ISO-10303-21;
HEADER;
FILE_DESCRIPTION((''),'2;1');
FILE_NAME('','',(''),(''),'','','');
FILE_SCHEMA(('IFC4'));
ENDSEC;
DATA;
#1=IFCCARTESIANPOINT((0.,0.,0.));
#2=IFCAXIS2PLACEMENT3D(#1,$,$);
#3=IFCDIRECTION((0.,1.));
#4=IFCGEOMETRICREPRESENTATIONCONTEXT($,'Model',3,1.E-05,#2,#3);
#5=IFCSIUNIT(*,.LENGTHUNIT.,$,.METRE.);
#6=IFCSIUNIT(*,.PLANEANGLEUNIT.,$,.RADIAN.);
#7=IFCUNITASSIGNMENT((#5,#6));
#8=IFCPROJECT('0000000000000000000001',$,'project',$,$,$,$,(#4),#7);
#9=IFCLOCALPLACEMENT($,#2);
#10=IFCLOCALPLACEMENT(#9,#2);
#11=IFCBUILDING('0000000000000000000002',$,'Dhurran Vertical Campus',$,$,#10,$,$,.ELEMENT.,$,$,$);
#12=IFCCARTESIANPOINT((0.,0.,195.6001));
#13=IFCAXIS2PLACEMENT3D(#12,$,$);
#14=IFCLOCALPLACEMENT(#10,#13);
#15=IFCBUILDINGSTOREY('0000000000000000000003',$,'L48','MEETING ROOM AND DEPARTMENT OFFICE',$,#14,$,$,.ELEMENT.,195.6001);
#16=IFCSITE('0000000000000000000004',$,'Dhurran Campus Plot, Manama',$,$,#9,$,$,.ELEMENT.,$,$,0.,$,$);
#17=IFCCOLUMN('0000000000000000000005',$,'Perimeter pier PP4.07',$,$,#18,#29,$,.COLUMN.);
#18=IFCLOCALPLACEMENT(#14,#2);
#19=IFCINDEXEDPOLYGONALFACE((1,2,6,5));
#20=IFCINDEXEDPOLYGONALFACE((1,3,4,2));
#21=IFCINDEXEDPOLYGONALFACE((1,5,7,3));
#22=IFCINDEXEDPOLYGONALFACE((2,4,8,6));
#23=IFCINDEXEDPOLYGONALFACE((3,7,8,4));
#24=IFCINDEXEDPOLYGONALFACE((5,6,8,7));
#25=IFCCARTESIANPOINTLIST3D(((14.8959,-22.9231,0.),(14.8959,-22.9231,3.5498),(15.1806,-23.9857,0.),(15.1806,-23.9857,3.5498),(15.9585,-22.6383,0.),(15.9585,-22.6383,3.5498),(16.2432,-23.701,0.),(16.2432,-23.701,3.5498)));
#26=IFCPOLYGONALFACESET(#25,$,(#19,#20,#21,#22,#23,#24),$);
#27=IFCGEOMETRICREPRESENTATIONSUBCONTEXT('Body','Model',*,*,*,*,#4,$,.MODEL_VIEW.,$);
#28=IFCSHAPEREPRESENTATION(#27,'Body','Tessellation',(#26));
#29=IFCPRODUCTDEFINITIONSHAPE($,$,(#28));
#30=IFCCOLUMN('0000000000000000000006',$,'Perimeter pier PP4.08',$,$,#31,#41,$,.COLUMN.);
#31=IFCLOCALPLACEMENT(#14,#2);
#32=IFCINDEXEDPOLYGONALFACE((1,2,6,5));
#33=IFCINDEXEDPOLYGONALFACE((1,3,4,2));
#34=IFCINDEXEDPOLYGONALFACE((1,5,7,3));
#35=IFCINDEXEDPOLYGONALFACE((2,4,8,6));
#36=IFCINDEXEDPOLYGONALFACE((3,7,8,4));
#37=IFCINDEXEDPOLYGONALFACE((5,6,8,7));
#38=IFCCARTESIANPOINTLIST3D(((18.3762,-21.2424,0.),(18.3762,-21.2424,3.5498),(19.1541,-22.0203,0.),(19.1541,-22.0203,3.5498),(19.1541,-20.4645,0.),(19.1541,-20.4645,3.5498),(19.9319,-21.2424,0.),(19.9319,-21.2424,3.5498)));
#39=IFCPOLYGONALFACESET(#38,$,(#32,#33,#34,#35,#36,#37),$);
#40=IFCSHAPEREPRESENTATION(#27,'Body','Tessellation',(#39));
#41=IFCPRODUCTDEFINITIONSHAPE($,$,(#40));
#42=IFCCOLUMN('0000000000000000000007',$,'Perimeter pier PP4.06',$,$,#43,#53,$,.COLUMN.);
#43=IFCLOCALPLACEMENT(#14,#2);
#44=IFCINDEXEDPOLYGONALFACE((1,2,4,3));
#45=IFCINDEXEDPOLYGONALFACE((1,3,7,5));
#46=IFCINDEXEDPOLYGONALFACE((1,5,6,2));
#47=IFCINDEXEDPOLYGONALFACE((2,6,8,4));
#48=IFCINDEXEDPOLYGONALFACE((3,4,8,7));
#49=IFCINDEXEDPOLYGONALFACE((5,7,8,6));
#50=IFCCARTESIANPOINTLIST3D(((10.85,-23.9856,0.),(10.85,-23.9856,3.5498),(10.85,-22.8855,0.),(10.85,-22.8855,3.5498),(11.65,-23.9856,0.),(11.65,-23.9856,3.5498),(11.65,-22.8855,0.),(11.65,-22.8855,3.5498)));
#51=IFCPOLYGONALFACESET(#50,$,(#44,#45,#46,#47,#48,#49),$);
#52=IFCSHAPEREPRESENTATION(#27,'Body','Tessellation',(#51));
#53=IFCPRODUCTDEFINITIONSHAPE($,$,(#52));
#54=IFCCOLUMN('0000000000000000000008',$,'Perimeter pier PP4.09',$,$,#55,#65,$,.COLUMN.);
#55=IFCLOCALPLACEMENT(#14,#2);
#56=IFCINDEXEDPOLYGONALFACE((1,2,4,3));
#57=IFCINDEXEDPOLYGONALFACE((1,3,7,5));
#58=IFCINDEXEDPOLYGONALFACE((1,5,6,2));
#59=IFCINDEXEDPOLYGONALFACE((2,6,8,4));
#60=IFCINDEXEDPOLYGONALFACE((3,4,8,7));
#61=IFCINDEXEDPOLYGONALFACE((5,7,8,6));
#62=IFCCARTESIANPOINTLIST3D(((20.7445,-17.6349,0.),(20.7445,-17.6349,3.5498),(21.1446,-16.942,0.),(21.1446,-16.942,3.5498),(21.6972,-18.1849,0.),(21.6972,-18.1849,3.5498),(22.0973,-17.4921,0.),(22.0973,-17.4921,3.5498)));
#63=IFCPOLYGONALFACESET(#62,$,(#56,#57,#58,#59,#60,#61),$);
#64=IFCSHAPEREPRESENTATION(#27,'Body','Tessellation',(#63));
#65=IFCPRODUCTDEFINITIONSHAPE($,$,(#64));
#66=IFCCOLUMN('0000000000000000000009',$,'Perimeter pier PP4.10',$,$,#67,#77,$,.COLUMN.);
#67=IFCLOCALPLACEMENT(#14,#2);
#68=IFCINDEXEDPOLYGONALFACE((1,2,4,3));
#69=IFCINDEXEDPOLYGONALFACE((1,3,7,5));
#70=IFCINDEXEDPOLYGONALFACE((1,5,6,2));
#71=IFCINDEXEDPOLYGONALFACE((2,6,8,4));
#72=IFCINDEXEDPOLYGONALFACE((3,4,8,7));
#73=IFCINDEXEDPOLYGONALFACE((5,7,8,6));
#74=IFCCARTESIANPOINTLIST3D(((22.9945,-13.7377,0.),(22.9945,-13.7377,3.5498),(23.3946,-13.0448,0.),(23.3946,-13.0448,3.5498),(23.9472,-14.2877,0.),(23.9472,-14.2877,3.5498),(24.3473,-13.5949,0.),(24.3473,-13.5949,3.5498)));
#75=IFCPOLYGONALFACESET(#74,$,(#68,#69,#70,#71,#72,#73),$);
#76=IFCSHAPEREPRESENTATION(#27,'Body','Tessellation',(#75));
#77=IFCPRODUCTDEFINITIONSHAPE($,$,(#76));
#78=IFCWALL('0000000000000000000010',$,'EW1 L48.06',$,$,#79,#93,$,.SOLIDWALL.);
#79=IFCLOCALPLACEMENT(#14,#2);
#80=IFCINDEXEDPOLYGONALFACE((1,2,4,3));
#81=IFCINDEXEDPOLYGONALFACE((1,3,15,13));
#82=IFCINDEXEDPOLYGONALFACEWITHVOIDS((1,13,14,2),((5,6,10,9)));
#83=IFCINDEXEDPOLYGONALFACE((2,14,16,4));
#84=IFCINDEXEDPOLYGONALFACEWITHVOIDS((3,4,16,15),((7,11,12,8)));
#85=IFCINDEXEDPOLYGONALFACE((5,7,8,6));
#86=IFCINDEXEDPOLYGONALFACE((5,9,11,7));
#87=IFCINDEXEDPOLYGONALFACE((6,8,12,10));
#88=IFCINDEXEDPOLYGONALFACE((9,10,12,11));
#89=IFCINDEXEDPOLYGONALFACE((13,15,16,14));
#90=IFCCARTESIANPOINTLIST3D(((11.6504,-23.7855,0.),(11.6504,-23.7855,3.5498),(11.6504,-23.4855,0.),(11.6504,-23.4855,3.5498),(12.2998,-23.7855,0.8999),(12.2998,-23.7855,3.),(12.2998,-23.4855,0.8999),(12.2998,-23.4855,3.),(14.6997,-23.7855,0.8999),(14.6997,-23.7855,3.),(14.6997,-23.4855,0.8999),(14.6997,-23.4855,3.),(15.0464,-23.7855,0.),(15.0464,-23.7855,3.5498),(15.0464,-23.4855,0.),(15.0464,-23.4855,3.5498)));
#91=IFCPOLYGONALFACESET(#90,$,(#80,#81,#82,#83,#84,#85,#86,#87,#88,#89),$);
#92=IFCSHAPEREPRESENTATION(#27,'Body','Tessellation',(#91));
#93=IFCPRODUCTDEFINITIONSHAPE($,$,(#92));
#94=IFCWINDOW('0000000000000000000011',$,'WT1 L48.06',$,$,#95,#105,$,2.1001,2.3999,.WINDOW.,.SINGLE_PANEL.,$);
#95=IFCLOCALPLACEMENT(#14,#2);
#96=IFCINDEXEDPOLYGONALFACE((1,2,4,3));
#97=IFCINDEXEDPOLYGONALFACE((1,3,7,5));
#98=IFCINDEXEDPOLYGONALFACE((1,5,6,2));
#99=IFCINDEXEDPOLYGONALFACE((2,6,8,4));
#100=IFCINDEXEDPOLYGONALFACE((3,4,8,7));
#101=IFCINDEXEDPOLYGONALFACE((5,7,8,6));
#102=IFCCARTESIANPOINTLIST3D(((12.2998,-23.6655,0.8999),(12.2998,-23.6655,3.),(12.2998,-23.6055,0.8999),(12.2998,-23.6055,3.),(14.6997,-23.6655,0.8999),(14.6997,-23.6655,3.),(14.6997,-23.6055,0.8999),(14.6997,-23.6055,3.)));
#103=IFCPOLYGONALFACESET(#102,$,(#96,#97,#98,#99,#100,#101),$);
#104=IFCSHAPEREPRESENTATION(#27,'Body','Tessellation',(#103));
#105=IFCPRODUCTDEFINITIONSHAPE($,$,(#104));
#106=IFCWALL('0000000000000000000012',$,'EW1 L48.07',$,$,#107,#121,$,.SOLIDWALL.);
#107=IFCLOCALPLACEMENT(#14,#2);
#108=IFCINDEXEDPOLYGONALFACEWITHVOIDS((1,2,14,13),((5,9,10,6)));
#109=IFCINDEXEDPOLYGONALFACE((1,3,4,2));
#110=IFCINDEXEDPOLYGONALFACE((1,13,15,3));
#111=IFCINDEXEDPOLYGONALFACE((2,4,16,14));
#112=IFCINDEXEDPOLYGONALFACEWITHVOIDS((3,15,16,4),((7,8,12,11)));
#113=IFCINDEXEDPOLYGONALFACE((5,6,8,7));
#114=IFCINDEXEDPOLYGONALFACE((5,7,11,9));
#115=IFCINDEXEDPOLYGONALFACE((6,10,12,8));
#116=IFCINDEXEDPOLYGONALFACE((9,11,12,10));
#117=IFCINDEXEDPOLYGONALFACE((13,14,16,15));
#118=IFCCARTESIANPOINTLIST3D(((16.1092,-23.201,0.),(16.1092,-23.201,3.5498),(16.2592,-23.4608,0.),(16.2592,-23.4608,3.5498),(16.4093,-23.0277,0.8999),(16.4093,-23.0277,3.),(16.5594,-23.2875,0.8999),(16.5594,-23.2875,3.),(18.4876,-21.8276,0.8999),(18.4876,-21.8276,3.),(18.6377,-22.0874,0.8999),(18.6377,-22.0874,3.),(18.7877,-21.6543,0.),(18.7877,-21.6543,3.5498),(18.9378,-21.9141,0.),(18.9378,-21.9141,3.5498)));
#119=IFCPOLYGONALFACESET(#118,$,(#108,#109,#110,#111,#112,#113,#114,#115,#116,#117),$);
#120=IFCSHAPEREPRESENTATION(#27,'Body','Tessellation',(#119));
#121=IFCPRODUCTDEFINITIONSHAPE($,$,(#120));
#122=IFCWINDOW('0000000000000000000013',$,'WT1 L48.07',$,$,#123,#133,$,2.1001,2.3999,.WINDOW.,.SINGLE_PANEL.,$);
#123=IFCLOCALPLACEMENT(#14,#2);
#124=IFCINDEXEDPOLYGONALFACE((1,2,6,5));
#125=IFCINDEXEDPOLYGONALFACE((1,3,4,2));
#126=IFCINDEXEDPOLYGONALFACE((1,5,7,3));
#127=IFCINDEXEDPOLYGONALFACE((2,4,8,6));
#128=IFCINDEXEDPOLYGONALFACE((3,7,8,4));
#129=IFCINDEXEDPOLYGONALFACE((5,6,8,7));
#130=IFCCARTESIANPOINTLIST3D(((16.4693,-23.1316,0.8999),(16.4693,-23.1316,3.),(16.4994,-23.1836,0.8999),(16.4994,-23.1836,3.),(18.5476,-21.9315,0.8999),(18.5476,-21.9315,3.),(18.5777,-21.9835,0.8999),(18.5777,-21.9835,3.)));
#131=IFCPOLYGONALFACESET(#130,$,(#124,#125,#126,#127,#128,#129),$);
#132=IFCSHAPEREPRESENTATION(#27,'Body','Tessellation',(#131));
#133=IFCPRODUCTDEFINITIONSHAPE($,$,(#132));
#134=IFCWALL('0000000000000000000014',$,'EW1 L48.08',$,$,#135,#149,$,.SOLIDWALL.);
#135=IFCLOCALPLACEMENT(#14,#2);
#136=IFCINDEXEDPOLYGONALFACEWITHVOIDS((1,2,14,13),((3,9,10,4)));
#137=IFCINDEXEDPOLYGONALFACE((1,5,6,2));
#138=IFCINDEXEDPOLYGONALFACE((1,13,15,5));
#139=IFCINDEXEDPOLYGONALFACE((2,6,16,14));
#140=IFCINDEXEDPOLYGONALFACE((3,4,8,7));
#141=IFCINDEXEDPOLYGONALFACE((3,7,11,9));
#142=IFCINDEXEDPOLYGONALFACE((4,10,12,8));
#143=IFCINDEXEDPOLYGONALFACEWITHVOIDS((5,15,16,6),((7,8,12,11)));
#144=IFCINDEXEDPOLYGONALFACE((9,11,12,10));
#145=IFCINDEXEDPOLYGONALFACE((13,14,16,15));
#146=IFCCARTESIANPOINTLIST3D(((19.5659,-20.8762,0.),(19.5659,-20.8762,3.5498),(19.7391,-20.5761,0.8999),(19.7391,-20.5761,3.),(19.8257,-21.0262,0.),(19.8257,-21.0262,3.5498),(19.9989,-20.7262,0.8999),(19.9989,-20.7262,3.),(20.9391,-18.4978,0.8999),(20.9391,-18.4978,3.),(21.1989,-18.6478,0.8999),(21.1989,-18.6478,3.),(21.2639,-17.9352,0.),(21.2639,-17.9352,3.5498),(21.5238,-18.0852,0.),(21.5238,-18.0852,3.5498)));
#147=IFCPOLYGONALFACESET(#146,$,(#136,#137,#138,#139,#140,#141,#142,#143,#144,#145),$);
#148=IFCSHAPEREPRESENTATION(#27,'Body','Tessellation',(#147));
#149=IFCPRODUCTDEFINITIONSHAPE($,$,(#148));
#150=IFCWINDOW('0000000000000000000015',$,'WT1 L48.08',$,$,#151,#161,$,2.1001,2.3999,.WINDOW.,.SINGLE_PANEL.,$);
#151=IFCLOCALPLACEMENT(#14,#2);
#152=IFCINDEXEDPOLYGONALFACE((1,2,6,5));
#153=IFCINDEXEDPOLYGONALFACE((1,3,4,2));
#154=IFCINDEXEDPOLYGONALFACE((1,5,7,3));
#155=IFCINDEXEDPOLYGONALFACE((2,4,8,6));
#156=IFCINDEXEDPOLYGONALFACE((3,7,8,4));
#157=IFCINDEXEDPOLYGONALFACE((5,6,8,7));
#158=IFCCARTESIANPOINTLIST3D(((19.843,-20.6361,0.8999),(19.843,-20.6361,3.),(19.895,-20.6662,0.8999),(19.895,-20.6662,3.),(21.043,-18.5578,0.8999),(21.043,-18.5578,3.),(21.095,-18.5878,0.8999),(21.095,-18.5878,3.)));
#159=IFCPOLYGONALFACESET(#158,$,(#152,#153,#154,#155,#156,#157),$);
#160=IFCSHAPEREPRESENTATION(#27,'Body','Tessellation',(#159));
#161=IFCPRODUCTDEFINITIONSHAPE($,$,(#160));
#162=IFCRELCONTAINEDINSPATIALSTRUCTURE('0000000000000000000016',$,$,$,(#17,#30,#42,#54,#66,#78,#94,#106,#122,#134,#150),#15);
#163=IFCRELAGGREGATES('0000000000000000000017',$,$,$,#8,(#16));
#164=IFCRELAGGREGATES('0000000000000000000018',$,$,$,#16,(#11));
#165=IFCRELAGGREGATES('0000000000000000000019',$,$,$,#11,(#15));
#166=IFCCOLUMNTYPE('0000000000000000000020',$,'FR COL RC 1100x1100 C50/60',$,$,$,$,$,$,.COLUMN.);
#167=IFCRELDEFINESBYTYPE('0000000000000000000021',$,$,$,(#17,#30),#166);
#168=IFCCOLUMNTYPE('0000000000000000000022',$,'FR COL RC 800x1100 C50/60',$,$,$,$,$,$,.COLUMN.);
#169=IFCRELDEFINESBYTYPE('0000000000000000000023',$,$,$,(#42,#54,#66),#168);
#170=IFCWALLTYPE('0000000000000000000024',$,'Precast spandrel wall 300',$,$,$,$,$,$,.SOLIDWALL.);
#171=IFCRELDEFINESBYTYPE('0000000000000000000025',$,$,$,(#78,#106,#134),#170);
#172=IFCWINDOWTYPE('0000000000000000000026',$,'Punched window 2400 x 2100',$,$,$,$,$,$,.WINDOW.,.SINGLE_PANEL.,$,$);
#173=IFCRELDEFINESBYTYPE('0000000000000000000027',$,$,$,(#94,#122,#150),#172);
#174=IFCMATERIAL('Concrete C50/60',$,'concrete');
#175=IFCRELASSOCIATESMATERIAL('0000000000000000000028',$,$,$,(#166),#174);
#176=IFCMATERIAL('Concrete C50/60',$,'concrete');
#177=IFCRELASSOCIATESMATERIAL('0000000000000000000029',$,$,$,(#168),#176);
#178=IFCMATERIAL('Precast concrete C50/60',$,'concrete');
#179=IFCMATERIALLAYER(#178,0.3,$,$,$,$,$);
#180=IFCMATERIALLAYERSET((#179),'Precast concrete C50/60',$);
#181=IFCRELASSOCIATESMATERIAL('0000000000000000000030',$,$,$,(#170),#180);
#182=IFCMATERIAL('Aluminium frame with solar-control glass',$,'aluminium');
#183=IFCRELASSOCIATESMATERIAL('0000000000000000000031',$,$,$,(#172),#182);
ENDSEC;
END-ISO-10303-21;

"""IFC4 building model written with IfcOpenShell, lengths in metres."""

from ifc_helpers import new_model, si_unit, direction, frame, frame_2d, origin, origin_2d, place, context, subcontext, project, spatial, rectangle, extrude, material, layer, layer_set, material_profile, profile_set, type_object, element, fill, save


model = new_model("IFC4")

# Units and contexts
model_context = context("Model", 3, precision=1e-05, world=origin(), true_north=direction((0.0, 1.0)))
body_context = subcontext(model_context, "Body", "Model", "MODEL_VIEW")
ifc_project = project(units=[si_unit("LENGTHUNIT", "METRE"), si_unit("PLANEANGLEUNIT", "RADIAN")], contexts=[model_context])

# Site, building, storey
site_placement = place(None, origin())
site = spatial("IfcSite", under=ifc_project, at=site_placement, Name="Dhurran Campus Plot, Manama", CompositionType="ELEMENT", RefElevation=0.0)
building_placement = place(site_placement, origin())
building = spatial("IfcBuilding", under=site, at=building_placement, Name="Dhurran Vertical Campus", CompositionType="ELEMENT")
storey_placement = place(building_placement, frame((0.0, 0.0, 195.6001)))
storey = spatial("IfcBuildingStorey", under=building, at=storey_placement, Name="L48", Description="MEETING ROOM AND DEPARTMENT OFFICE", CompositionType="ELEMENT", Elevation=195.6001)

# Columns
ifc_material_1 = material(Name="Concrete C50/60", Category="concrete")
ifc_material_profile_1 = material_profile(ifc_material_1, rectangle(XDim=1.1001, YDim=1.1001, at=origin_2d()), Name="RC 1100x1100")
ifc_profile_set_1 = profile_set([ifc_material_profile_1], Name="Concrete C50/60")
column_type_1 = type_object("IfcColumnType", Name="FR COL RC 1100x1100 C50/60", PredefinedType="COLUMN", material=ifc_profile_set_1)
for number, where, z_axis, x_axis, name in (
    (1, (15.5696, -23.312, 0.0), (0.0, 0.0, 1.0), (0.965926, 0.258819, 0.0), "Perimeter pier PP4.07"),
    (2, (19.1541, -21.2424, 0.0), (0.0, 0.0, 1.0), (0.707107, 0.707107, 0.0), "Perimeter pier PP4.08"),
):
    element("IfcColumn", number, at=place(storey_placement, frame(where, z_axis=z_axis, x_axis=x_axis)), inside=storey, type_object=column_type_1, Name=name, PredefinedType="COLUMN", context=body_context, shape_type="SweptSolid", body=[
        extrude(rectangle(XDim=1.1001, YDim=1.1001, at=origin_2d()), origin(), (0.0, 0.0, 1.0), 3.5498),
    ])
ifc_material_2 = material(Name="Concrete C50/60", Category="concrete")
ifc_material_profile_2 = material_profile(ifc_material_2, rectangle(XDim=0.8, YDim=1.1001, at=origin_2d()), Name="RC 800x1100")
ifc_profile_set_2 = profile_set([ifc_material_profile_2], Name="Concrete C50/60")
column_type_2 = type_object("IfcColumnType", Name="FR COL RC 800x1100 C50/60", PredefinedType="COLUMN", material=ifc_profile_set_2)
for number, where, z_axis, x_axis, name in (
    (3, (11.25, -23.4355, 0.0), (0.0, 0.0, 1.0), (1.0, 0.0, 0.0), "Perimeter pier PP4.06"),
    (4, (21.4209, -17.5635, 0.0), (0.0, 0.0, 1.0), (0.5, 0.866025, 0.0), "Perimeter pier PP4.09"),
    (5, (23.6709, -13.6663, 0.0), (0.0, 0.0, 1.0), (0.5, 0.866025, 0.0), "Perimeter pier PP4.10"),
):
    element("IfcColumn", number, at=place(storey_placement, frame(where, z_axis=z_axis, x_axis=x_axis)), inside=storey, type_object=column_type_2, Name=name, PredefinedType="COLUMN", context=body_context, shape_type="SweptSolid", body=[
        extrude(rectangle(XDim=0.8, YDim=1.1001, at=origin_2d()), origin(), (0.0, 0.0, 1.0), 3.5498),
    ])

# Walls, openings, windows
ifc_material_3 = material(Name="Precast concrete C50/60", Category="concrete")
ifc_layer_1 = layer(ifc_material_3, 0.3)
ifc_layer_set_1 = layer_set([ifc_layer_1], Name="Precast concrete C50/60")
wall_type_1 = type_object("IfcWallType", Name="Precast spandrel wall 300", PredefinedType="SOLIDWALL", material=ifc_layer_set_1)
wall_1_placement = place(storey_placement, frame((11.6504, -23.6355, 0.0), z_axis=(0.0, 0.0, 1.0), x_axis=(1.0, 0.0, 0.0)))
wall_1 = element("IfcWall", 6, at=wall_1_placement, inside=storey, type_object=wall_type_1, Name="EW1 L48.06", PredefinedType="SOLIDWALL", context=body_context, shape_type="SweptSolid", body=[
    extrude(rectangle(XDim=3.396, YDim=0.3, at=frame_2d((1.698, 0.0))), origin(), (0.0, 0.0, 1.0), 3.5498),
])
opening_1_placement = place(wall_1_placement, frame((0.6494, 0.0, 0.8999)))
opening_1 = element("IfcOpeningElement", 7, at=opening_1_placement, cuts=wall_1, PredefinedType="OPENING", context=body_context, shape_type="SweptSolid", body=[
    extrude(rectangle(XDim=2.3999, YDim=2.1001, at=frame_2d((1.2, 1.05))), frame((0.0, 0.1599, 0.0), z_axis=(0.0, -1.0, 0.0), x_axis=(1.0, 0.0, 0.0)), (0.0, 0.0, 1.0), 0.3201),
])
ifc_material_4 = material(Name="Aluminium frame with solar-control glass", Category="aluminium")
window_type = type_object("IfcWindowType", Name="Punched window 2400 x 2100", PartitioningType="SINGLE_PANEL", PredefinedType="WINDOW", material=ifc_material_4)
window_1_placement = place(opening_1_placement, origin())
window_1 = element("IfcWindow", 8, at=window_1_placement, inside=storey, type_object=window_type, Name="WT1 L48.06", OverallHeight=2.1001, OverallWidth=2.3999, PartitioningType="SINGLE_PANEL", PredefinedType="WINDOW", context=body_context, shape_type="SweptSolid", body=[
    extrude(rectangle(XDim=2.3999, YDim=2.1001, at=frame_2d((1.2, 1.05))), frame((0.0, 0.03, 0.0), z_axis=(0.0, -1.0, 0.0), x_axis=(1.0, 0.0, 0.0)), (0.0, 0.0, 1.0), 0.0601),
])
fill(opening_1, window_1)
wall_2_placement = place(storey_placement, frame((16.1843, -23.3308, 0.0), z_axis=(0.0, 0.0, 1.0), x_axis=(0.865995, 0.500053, 0.0)))
wall_2 = element("IfcWall", 9, at=wall_2_placement, inside=storey, type_object=wall_type_1, Name="EW1 L48.07", PredefinedType="SOLIDWALL", context=body_context, shape_type="SweptSolid", body=[
    extrude(rectangle(XDim=3.093, YDim=0.3, at=frame_2d((1.5464, 0.0))), origin(), (0.0, 0.0, 1.0), 3.5498),
])
opening_2_placement = place(wall_2_placement, frame((0.3464, 0.0, 0.8999)))
opening_2 = element("IfcOpeningElement", 10, at=opening_2_placement, cuts=wall_2, PredefinedType="OPENING", context=body_context, shape_type="SweptSolid", body=[
    extrude(rectangle(XDim=2.3999, YDim=2.1001, at=frame_2d((1.2, 1.05))), frame((0.0, 0.1599, 0.0), z_axis=(0.0, -1.0, 0.0), x_axis=(1.0, 0.0, 0.0)), (0.0, 0.0, 1.0), 0.3201),
])
window_2_placement = place(opening_2_placement, origin())
window_2 = element("IfcWindow", 11, at=window_2_placement, inside=storey, type_object=window_type, Name="WT1 L48.07", OverallHeight=2.1001, OverallWidth=2.3999, PartitioningType="SINGLE_PANEL", PredefinedType="WINDOW", context=body_context, shape_type="SweptSolid", body=[
    extrude(rectangle(XDim=2.3999, YDim=2.1001, at=frame_2d((1.2, 1.05))), frame((0.0, 0.03, 0.0), z_axis=(0.0, -1.0, 0.0), x_axis=(1.0, 0.0, 0.0)), (0.0, 0.0, 1.0), 0.0601),
])
fill(opening_2, window_2)
wall_3_placement = place(storey_placement, frame((19.6958, -20.9512, 0.0), z_axis=(0.0, 0.0, 1.0), x_axis=(0.500013, 0.866018, 0.0)))
wall_3 = element("IfcWall", 12, at=wall_3_placement, inside=storey, type_object=wall_type_1, Name="EW1 L48.08", PredefinedType="SOLIDWALL", context=body_context, shape_type="SweptSolid", body=[
    extrude(rectangle(XDim=3.396, YDim=0.3, at=frame_2d((1.698, 0.0))), origin(), (0.0, 0.0, 1.0), 3.5498),
])
opening_3_placement = place(wall_3_placement, frame((0.3464, 0.0, 0.8999)))
opening_3 = element("IfcOpeningElement", 13, at=opening_3_placement, cuts=wall_3, PredefinedType="OPENING", context=body_context, shape_type="SweptSolid", body=[
    extrude(rectangle(XDim=2.3999, YDim=2.1001, at=frame_2d((1.2, 1.05))), frame((0.0, 0.1599, 0.0), z_axis=(0.0, -1.0, 0.0), x_axis=(1.0, 0.0, 0.0)), (0.0, 0.0, 1.0), 0.3201),
])
window_3_placement = place(opening_3_placement, origin())
window_3 = element("IfcWindow", 14, at=window_3_placement, inside=storey, type_object=window_type, Name="WT1 L48.08", OverallHeight=2.1001, OverallWidth=2.3999, PartitioningType="SINGLE_PANEL", PredefinedType="WINDOW", context=body_context, shape_type="SweptSolid", body=[
    extrude(rectangle(XDim=2.3999, YDim=2.1001, at=frame_2d((1.2, 1.05))), frame((0.0, 0.03, 0.0), z_axis=(0.0, -1.0, 0.0), x_axis=(1.0, 0.0, 0.0)), (0.0, 0.0, 1.0), 0.0601),
])
fill(opening_3, window_3)

save(model, "model.ifc")
